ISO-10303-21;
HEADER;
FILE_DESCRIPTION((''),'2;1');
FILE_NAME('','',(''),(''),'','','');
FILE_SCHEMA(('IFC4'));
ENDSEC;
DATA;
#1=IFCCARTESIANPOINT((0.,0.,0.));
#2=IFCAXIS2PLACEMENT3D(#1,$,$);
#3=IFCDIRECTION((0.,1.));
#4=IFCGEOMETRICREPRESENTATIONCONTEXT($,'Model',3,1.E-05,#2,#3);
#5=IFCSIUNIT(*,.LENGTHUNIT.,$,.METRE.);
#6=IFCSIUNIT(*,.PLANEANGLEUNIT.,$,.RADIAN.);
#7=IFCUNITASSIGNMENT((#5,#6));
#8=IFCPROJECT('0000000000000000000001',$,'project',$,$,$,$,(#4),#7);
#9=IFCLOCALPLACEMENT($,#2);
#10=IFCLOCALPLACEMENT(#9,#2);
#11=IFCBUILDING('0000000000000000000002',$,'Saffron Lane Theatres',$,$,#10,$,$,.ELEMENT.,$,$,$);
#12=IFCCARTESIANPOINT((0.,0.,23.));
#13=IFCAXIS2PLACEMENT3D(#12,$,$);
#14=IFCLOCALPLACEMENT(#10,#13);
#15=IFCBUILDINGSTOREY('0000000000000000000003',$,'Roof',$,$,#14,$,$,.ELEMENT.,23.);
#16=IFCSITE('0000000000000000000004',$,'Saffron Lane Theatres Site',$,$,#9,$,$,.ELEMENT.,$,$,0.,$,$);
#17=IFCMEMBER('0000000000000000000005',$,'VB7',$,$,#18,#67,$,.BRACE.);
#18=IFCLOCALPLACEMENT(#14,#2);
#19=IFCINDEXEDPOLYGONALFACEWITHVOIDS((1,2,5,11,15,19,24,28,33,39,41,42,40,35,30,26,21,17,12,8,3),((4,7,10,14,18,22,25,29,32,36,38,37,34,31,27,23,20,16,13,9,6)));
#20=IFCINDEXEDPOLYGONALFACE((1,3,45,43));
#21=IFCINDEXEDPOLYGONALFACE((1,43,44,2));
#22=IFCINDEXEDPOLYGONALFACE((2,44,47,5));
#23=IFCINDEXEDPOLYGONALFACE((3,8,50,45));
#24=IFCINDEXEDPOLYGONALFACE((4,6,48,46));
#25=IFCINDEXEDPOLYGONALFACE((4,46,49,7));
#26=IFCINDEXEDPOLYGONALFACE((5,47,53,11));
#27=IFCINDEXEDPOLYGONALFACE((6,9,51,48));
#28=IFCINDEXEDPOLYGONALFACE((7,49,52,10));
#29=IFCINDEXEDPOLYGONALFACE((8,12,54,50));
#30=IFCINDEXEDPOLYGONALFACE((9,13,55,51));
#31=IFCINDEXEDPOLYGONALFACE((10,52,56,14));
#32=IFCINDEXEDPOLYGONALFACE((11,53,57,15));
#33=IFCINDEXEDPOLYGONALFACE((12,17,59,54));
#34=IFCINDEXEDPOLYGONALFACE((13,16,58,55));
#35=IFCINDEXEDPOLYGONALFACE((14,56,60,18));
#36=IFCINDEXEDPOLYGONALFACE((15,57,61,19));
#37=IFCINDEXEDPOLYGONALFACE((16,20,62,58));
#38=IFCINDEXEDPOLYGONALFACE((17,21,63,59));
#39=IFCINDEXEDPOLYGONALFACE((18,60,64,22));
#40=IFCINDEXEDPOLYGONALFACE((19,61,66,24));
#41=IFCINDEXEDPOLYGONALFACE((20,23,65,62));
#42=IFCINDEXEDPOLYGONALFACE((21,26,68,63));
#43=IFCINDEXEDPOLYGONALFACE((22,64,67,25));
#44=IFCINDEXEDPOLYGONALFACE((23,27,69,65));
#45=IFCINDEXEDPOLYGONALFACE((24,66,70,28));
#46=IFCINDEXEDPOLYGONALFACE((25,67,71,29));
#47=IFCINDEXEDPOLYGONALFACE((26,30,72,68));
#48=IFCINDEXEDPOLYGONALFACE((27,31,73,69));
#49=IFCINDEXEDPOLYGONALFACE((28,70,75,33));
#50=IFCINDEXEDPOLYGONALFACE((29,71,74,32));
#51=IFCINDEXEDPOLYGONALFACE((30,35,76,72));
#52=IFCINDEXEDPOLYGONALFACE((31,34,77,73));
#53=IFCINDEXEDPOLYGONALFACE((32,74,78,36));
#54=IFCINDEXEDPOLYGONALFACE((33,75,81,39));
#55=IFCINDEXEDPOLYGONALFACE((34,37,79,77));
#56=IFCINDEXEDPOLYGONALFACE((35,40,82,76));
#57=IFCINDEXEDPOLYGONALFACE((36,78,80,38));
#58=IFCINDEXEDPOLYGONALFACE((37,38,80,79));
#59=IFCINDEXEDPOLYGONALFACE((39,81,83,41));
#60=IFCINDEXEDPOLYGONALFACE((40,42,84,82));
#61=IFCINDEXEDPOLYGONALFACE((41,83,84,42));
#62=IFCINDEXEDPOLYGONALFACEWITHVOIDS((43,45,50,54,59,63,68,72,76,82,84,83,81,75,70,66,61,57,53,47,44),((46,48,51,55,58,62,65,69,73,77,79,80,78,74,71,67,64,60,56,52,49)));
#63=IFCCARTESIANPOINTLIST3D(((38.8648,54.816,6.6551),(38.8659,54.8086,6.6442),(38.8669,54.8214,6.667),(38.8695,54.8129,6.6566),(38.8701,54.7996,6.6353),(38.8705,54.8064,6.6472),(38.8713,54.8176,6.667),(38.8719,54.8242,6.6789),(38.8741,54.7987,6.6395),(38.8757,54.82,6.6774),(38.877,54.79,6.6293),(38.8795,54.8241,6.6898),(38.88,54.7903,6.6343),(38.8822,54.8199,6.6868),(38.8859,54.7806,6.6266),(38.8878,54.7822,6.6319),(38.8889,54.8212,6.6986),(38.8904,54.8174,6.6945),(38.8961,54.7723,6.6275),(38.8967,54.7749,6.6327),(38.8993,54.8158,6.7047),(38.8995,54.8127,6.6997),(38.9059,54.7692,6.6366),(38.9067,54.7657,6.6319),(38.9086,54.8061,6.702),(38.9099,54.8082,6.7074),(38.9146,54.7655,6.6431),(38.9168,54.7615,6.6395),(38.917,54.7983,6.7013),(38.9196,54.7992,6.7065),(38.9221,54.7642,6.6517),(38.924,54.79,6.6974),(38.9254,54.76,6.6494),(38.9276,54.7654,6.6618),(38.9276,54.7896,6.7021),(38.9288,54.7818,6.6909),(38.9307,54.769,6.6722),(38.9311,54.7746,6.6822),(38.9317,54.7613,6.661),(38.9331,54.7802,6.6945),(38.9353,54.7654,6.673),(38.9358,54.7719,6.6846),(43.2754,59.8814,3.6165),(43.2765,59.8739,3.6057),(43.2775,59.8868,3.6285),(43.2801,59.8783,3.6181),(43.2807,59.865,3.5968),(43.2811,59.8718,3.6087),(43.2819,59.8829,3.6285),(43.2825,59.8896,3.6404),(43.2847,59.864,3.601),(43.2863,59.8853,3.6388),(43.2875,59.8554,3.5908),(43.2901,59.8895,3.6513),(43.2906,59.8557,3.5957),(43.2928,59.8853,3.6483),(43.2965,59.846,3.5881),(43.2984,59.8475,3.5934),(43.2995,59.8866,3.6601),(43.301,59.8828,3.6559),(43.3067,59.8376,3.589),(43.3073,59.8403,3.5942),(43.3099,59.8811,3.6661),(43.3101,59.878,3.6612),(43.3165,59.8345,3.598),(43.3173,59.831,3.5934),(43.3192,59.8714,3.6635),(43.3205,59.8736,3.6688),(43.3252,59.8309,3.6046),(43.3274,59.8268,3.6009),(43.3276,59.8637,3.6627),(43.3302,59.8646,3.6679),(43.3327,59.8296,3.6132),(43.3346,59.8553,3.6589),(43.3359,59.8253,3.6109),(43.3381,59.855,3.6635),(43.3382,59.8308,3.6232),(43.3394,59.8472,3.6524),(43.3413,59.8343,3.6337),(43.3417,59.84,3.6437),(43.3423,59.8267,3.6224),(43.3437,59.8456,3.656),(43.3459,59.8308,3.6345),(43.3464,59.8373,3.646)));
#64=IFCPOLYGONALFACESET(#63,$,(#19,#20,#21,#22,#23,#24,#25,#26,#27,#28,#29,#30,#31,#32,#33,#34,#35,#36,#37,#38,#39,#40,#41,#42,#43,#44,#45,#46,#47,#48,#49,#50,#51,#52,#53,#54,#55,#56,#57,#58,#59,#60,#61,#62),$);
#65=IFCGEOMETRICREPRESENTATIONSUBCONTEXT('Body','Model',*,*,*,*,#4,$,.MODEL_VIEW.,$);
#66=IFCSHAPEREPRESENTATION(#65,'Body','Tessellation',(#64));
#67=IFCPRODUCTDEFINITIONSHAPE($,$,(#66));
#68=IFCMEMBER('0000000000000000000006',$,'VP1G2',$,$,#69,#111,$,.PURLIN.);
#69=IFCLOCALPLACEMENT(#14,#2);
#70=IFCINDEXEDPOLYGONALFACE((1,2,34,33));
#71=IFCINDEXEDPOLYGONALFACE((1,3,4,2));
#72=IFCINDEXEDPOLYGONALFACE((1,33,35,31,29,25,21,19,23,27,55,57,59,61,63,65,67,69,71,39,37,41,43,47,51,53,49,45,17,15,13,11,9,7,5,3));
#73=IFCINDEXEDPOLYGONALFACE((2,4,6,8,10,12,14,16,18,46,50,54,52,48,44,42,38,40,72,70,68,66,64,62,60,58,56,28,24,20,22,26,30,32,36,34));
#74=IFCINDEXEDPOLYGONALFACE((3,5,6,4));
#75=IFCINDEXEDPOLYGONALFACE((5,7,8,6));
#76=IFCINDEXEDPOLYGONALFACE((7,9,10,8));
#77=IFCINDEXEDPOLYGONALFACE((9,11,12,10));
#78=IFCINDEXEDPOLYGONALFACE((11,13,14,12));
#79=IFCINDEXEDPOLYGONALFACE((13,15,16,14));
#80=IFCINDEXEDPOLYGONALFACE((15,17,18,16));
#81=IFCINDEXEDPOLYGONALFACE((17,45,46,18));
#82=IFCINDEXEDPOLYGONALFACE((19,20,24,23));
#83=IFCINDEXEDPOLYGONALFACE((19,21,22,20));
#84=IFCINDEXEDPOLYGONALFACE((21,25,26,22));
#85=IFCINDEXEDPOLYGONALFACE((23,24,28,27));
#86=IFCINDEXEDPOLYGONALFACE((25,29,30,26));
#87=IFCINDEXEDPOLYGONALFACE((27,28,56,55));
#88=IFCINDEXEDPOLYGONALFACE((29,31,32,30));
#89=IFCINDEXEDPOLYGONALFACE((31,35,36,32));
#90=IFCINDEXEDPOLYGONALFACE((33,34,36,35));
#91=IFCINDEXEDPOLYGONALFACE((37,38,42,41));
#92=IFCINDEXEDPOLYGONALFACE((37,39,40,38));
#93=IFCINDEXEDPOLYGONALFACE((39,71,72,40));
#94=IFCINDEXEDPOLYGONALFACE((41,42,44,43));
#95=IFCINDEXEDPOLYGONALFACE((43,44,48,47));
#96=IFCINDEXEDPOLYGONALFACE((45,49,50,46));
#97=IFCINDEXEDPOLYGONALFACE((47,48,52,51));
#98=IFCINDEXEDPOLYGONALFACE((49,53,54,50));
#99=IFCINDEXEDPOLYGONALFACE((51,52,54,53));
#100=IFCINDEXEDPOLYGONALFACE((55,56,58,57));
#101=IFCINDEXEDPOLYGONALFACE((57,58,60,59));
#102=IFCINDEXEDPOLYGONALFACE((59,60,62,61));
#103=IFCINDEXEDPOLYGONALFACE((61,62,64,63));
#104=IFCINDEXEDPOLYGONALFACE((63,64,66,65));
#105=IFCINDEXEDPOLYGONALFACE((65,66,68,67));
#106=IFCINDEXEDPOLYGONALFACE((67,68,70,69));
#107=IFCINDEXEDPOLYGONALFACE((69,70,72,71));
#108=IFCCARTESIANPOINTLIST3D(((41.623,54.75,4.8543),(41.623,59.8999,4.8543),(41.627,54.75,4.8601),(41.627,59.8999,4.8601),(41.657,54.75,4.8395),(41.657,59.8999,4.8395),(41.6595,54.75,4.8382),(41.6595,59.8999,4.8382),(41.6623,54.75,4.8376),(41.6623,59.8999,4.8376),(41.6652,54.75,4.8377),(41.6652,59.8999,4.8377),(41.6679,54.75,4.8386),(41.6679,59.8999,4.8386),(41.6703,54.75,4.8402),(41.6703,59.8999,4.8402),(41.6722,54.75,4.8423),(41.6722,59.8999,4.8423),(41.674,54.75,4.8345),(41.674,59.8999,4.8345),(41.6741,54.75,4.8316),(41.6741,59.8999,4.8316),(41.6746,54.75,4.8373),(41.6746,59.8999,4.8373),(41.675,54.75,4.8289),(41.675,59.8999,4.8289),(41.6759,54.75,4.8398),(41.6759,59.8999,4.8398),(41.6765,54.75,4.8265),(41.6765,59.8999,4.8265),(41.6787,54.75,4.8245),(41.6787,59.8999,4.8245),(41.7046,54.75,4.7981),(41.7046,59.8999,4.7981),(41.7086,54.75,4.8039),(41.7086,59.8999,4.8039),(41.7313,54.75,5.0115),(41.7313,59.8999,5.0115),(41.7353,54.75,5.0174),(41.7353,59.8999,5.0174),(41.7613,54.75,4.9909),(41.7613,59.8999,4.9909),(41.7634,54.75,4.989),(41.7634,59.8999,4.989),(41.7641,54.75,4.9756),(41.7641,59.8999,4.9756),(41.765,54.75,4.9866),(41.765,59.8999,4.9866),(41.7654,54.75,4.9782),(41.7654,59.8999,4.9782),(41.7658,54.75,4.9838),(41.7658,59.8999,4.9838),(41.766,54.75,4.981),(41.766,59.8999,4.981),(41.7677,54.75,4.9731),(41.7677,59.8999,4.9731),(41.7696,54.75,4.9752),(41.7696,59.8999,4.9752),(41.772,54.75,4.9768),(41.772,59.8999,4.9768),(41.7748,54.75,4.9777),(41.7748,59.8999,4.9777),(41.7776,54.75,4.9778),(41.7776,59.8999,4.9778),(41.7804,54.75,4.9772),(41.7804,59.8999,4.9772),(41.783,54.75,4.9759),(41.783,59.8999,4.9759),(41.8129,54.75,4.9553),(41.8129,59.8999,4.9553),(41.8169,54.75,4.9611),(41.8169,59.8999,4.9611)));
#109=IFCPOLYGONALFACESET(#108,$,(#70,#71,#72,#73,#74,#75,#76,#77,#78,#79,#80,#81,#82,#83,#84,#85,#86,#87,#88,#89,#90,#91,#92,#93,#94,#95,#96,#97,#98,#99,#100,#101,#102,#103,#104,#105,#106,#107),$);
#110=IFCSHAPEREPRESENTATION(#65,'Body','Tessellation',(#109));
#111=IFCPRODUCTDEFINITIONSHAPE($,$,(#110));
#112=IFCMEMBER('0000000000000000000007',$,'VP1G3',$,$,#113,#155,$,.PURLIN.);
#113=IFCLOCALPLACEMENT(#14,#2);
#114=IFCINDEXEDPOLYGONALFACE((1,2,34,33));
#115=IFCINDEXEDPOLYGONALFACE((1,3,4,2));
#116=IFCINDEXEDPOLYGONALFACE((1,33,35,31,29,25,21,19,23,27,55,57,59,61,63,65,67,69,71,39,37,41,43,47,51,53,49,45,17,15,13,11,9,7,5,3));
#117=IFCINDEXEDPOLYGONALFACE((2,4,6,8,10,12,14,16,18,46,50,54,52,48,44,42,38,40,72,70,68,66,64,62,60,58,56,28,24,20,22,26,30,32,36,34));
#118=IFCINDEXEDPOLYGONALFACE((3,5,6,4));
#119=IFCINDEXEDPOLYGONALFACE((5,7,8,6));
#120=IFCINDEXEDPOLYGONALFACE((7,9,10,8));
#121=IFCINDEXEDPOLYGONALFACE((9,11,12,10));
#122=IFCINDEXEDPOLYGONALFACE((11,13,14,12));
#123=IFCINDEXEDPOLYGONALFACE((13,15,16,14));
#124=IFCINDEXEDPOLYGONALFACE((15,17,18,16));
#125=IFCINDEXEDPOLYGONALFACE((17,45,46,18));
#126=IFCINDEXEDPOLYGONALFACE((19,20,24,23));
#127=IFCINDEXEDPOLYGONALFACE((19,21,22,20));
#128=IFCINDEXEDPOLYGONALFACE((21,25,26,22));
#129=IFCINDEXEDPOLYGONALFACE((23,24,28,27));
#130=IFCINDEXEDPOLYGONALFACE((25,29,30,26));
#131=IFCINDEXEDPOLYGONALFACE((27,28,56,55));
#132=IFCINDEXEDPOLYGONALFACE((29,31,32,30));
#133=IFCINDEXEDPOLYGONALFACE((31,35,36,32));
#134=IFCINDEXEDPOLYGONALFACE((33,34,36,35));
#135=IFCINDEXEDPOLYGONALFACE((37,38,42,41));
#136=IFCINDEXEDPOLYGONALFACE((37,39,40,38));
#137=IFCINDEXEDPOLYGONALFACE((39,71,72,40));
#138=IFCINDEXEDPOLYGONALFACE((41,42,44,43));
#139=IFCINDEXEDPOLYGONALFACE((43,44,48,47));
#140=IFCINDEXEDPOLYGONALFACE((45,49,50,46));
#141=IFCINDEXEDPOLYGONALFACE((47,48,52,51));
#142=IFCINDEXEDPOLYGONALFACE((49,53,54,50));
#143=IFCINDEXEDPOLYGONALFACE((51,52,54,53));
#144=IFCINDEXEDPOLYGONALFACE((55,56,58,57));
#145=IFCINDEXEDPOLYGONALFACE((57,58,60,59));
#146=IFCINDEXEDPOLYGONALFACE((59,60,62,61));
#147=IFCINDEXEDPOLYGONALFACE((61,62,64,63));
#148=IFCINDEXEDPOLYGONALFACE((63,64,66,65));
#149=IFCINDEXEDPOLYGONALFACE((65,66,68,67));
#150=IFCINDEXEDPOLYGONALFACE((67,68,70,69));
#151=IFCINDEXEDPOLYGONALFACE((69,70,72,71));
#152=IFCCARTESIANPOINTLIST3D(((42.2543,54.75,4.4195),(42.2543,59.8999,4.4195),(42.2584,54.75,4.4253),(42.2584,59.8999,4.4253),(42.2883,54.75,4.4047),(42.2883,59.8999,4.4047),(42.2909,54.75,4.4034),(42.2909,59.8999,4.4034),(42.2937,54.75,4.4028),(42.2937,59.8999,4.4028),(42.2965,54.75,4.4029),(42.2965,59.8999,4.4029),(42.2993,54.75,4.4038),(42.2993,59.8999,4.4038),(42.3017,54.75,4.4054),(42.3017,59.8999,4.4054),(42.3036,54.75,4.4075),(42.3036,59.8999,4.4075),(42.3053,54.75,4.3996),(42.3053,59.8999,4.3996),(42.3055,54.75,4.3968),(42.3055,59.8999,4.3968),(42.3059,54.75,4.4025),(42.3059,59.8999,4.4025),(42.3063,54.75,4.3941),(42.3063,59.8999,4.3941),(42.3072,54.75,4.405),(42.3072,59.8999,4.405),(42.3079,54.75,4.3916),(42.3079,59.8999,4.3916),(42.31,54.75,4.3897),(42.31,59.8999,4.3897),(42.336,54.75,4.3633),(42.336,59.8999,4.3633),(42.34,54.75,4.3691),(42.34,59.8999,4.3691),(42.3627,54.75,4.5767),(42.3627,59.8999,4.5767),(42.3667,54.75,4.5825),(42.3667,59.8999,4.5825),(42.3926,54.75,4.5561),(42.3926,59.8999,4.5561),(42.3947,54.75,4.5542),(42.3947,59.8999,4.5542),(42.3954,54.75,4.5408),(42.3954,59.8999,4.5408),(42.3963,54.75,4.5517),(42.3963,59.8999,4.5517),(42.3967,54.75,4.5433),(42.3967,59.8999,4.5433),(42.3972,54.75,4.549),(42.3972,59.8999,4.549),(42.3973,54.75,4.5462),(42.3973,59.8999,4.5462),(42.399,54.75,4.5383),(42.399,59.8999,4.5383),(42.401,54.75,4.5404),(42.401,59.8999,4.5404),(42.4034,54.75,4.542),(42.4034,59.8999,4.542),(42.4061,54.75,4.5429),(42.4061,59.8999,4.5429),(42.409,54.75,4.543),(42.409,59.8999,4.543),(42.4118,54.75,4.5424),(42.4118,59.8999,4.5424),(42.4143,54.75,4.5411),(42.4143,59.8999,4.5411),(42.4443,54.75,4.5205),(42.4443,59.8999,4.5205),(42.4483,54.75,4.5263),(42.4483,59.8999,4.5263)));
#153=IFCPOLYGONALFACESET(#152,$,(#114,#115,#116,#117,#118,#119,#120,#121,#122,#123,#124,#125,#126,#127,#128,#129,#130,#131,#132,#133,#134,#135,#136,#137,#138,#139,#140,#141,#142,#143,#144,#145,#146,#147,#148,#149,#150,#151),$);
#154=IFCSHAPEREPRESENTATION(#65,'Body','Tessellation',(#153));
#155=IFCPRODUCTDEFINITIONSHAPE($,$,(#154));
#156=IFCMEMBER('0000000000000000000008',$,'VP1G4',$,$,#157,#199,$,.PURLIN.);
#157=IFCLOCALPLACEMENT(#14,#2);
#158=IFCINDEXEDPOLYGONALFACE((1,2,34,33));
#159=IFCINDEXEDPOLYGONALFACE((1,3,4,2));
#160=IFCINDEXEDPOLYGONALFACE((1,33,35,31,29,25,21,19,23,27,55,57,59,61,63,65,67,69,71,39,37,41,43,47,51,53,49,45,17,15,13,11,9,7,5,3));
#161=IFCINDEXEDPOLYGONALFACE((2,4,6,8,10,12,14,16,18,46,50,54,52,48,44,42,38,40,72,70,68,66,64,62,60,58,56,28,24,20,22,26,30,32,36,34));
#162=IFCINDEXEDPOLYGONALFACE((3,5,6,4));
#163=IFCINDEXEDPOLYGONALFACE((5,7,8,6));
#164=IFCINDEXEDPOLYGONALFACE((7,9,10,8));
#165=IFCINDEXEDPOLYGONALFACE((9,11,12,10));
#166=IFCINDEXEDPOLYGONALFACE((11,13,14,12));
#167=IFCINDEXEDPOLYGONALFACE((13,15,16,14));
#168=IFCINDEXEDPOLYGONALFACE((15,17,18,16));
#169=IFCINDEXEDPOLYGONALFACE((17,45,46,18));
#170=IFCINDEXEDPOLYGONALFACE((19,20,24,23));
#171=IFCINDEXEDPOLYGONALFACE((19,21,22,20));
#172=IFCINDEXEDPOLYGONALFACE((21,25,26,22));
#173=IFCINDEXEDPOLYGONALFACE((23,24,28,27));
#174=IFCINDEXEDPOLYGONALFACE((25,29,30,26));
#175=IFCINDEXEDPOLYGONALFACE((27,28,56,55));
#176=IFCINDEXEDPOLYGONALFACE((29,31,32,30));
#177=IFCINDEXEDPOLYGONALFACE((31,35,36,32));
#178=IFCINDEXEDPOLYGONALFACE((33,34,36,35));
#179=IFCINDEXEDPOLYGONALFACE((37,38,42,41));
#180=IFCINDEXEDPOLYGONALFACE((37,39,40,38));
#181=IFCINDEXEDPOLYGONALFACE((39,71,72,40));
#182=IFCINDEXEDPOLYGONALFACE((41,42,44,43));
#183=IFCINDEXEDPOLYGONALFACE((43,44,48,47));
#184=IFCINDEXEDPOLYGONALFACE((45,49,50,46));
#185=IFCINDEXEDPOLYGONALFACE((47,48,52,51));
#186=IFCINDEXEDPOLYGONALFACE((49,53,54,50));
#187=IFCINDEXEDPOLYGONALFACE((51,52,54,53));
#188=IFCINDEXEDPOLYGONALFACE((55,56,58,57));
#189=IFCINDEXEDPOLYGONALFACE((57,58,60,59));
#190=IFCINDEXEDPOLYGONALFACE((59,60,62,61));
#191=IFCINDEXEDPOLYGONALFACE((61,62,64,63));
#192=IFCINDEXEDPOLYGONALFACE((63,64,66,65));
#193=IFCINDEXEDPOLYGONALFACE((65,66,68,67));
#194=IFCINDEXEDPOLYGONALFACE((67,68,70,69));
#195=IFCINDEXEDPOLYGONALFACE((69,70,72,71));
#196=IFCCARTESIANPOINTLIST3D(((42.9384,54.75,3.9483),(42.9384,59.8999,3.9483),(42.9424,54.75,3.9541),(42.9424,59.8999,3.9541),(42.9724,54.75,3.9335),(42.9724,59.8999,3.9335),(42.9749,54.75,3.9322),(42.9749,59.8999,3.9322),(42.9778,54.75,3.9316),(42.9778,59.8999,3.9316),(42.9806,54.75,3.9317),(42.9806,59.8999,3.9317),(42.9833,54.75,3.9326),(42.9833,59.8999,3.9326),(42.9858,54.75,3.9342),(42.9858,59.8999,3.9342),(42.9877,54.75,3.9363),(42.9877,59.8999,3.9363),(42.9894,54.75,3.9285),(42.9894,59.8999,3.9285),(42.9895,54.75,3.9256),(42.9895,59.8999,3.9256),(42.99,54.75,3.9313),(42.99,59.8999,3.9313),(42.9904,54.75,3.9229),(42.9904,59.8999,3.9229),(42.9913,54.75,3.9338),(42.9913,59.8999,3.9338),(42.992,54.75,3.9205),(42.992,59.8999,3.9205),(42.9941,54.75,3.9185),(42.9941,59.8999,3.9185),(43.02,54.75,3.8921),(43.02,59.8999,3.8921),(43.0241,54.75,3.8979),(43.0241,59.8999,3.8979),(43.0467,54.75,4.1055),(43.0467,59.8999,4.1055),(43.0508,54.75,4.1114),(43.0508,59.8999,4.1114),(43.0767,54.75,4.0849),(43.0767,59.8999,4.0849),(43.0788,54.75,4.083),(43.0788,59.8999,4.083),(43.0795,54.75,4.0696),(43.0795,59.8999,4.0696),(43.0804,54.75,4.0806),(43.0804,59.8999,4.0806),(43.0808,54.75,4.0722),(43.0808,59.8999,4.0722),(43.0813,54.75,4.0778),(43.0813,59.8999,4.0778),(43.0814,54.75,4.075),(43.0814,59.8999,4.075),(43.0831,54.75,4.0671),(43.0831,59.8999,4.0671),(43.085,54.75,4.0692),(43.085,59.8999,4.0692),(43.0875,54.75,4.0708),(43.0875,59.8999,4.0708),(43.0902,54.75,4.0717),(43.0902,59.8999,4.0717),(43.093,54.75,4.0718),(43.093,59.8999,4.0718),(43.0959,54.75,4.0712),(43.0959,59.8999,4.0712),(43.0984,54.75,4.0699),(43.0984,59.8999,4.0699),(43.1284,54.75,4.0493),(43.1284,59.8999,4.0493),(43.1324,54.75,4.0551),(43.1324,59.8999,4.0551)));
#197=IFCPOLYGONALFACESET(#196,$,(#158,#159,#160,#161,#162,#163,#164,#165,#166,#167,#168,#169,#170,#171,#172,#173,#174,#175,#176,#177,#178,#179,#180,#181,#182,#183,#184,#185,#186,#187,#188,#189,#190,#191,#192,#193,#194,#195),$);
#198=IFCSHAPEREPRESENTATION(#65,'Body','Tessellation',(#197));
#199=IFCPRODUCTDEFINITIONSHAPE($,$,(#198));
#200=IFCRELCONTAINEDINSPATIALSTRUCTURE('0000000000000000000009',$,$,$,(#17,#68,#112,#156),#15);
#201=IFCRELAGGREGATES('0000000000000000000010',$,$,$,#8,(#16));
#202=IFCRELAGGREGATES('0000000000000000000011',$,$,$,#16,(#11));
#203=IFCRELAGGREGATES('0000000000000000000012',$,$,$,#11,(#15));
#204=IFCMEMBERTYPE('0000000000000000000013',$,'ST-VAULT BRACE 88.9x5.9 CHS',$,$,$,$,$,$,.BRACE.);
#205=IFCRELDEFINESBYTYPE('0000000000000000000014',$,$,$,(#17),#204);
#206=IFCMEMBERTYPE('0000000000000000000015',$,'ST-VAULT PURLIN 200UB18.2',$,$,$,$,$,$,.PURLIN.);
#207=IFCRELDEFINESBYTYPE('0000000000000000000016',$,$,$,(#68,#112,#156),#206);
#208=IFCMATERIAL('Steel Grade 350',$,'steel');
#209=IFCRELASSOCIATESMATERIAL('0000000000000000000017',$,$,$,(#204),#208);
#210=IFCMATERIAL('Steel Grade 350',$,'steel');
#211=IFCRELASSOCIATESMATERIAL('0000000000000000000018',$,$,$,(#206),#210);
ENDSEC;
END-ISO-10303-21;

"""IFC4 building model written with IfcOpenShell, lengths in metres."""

from ifc_helpers import new_model, si_unit, direction, frame, origin, origin_2d, place, context, subcontext, project, spatial, hollow_circle, i_section, extrude, material, material_profile, profile_set, type_object, element, save


model = new_model("IFC4")

# Units and contexts
model_context = context("Model", 3, precision=1e-05, world=origin(), true_north=direction((0.0, 1.0)))
body_context = subcontext(model_context, "Body", "Model", "MODEL_VIEW")
ifc_project = project(units=[si_unit("LENGTHUNIT", "METRE"), si_unit("PLANEANGLEUNIT", "RADIAN")], contexts=[model_context])

# Site, building, storey
site_placement = place(None, origin())
site = spatial("IfcSite", under=ifc_project, at=site_placement, Name="Saffron Lane Theatres Site", CompositionType="ELEMENT", RefElevation=0.0)
building_placement = place(site_placement, origin())
building = spatial("IfcBuilding", under=site, at=building_placement, Name="Saffron Lane Theatres", CompositionType="ELEMENT")
storey_placement = place(building_placement, frame((0.0, 0.0, 23.0)))
storey = spatial("IfcBuildingStorey", under=building, at=storey_placement, Name="Roof", CompositionType="ELEMENT", Elevation=23.0)

# Members
ifc_material_1 = material(Name="Steel Grade 350", Category="steel")
ifc_material_profile_1 = material_profile(ifc_material_1, hollow_circle(Radius=0.0444, WallThickness=0.0059, at=origin_2d()))
ifc_profile_set_1 = profile_set([ifc_material_profile_1], Name="Steel Grade 350")
member_type_1 = type_object("IfcMemberType", Name="ST-VAULT BRACE 88.9x5.9 CHS", PredefinedType="BRACE", material=ifc_profile_set_1)
member_placement = place(storey_placement, frame((38.9004, 54.7922, 6.667), z_axis=(0.598303, 0.687124, -0.412182), x_axis=(-0.754169, 0.656681, 0.0)))
element("IfcMember", 1, at=member_placement, inside=storey, type_object=member_type_1, Name="VB7", PredefinedType="BRACE", context=body_context, shape_type="SweptSolid", body=[
    extrude(hollow_circle(Radius=0.0444, WallThickness=0.0059, at=origin_2d()), origin(), (0.0, 0.0, 1.0), 7.3718),
])
ifc_material_2 = material(Name="Steel Grade 350", Category="steel")
ifc_material_profile_2 = material_profile(ifc_material_2, i_section(OverallWidth=0.0991, OverallDepth=0.198, WebThickness=0.0044, FlangeThickness=0.0071, FilletRadius=0.011, at=origin_2d()))
ifc_profile_set_2 = profile_set([ifc_material_profile_2], Name="Steel Grade 350")
member_type_2 = type_object("IfcMemberType", Name="ST-VAULT PURLIN 200UB18.2", PredefinedType="PURLIN", material=ifc_profile_set_2)
for number, where, z_axis, x_axis, name in (
    (2, (41.72, 54.75, 4.9077), (0.0, 1.0, 0.0), (0.823487, 0.0, -0.567335), "VP1G2"),
    (3, (42.3513, 54.75, 4.4729), (0.0, 1.0, 0.0), (0.823487, 0.0, -0.567335), "VP1G3"),
    (4, (43.0354, 54.75, 4.0017), (0.0, 1.0, 0.0), (0.823487, 0.0, -0.567335), "VP1G4"),
):
    element("IfcMember", number, at=place(storey_placement, frame(where, z_axis=z_axis, x_axis=x_axis)), inside=storey, type_object=member_type_2, Name=name, PredefinedType="PURLIN", context=body_context, shape_type="SweptSolid", body=[
        extrude(i_section(OverallWidth=0.0991, OverallDepth=0.198, WebThickness=0.0044, FlangeThickness=0.0071, FilletRadius=0.011, at=origin_2d()), origin(), (0.0, 0.0, 1.0), 5.1499),
    ])

save(model, "model.ifc")
